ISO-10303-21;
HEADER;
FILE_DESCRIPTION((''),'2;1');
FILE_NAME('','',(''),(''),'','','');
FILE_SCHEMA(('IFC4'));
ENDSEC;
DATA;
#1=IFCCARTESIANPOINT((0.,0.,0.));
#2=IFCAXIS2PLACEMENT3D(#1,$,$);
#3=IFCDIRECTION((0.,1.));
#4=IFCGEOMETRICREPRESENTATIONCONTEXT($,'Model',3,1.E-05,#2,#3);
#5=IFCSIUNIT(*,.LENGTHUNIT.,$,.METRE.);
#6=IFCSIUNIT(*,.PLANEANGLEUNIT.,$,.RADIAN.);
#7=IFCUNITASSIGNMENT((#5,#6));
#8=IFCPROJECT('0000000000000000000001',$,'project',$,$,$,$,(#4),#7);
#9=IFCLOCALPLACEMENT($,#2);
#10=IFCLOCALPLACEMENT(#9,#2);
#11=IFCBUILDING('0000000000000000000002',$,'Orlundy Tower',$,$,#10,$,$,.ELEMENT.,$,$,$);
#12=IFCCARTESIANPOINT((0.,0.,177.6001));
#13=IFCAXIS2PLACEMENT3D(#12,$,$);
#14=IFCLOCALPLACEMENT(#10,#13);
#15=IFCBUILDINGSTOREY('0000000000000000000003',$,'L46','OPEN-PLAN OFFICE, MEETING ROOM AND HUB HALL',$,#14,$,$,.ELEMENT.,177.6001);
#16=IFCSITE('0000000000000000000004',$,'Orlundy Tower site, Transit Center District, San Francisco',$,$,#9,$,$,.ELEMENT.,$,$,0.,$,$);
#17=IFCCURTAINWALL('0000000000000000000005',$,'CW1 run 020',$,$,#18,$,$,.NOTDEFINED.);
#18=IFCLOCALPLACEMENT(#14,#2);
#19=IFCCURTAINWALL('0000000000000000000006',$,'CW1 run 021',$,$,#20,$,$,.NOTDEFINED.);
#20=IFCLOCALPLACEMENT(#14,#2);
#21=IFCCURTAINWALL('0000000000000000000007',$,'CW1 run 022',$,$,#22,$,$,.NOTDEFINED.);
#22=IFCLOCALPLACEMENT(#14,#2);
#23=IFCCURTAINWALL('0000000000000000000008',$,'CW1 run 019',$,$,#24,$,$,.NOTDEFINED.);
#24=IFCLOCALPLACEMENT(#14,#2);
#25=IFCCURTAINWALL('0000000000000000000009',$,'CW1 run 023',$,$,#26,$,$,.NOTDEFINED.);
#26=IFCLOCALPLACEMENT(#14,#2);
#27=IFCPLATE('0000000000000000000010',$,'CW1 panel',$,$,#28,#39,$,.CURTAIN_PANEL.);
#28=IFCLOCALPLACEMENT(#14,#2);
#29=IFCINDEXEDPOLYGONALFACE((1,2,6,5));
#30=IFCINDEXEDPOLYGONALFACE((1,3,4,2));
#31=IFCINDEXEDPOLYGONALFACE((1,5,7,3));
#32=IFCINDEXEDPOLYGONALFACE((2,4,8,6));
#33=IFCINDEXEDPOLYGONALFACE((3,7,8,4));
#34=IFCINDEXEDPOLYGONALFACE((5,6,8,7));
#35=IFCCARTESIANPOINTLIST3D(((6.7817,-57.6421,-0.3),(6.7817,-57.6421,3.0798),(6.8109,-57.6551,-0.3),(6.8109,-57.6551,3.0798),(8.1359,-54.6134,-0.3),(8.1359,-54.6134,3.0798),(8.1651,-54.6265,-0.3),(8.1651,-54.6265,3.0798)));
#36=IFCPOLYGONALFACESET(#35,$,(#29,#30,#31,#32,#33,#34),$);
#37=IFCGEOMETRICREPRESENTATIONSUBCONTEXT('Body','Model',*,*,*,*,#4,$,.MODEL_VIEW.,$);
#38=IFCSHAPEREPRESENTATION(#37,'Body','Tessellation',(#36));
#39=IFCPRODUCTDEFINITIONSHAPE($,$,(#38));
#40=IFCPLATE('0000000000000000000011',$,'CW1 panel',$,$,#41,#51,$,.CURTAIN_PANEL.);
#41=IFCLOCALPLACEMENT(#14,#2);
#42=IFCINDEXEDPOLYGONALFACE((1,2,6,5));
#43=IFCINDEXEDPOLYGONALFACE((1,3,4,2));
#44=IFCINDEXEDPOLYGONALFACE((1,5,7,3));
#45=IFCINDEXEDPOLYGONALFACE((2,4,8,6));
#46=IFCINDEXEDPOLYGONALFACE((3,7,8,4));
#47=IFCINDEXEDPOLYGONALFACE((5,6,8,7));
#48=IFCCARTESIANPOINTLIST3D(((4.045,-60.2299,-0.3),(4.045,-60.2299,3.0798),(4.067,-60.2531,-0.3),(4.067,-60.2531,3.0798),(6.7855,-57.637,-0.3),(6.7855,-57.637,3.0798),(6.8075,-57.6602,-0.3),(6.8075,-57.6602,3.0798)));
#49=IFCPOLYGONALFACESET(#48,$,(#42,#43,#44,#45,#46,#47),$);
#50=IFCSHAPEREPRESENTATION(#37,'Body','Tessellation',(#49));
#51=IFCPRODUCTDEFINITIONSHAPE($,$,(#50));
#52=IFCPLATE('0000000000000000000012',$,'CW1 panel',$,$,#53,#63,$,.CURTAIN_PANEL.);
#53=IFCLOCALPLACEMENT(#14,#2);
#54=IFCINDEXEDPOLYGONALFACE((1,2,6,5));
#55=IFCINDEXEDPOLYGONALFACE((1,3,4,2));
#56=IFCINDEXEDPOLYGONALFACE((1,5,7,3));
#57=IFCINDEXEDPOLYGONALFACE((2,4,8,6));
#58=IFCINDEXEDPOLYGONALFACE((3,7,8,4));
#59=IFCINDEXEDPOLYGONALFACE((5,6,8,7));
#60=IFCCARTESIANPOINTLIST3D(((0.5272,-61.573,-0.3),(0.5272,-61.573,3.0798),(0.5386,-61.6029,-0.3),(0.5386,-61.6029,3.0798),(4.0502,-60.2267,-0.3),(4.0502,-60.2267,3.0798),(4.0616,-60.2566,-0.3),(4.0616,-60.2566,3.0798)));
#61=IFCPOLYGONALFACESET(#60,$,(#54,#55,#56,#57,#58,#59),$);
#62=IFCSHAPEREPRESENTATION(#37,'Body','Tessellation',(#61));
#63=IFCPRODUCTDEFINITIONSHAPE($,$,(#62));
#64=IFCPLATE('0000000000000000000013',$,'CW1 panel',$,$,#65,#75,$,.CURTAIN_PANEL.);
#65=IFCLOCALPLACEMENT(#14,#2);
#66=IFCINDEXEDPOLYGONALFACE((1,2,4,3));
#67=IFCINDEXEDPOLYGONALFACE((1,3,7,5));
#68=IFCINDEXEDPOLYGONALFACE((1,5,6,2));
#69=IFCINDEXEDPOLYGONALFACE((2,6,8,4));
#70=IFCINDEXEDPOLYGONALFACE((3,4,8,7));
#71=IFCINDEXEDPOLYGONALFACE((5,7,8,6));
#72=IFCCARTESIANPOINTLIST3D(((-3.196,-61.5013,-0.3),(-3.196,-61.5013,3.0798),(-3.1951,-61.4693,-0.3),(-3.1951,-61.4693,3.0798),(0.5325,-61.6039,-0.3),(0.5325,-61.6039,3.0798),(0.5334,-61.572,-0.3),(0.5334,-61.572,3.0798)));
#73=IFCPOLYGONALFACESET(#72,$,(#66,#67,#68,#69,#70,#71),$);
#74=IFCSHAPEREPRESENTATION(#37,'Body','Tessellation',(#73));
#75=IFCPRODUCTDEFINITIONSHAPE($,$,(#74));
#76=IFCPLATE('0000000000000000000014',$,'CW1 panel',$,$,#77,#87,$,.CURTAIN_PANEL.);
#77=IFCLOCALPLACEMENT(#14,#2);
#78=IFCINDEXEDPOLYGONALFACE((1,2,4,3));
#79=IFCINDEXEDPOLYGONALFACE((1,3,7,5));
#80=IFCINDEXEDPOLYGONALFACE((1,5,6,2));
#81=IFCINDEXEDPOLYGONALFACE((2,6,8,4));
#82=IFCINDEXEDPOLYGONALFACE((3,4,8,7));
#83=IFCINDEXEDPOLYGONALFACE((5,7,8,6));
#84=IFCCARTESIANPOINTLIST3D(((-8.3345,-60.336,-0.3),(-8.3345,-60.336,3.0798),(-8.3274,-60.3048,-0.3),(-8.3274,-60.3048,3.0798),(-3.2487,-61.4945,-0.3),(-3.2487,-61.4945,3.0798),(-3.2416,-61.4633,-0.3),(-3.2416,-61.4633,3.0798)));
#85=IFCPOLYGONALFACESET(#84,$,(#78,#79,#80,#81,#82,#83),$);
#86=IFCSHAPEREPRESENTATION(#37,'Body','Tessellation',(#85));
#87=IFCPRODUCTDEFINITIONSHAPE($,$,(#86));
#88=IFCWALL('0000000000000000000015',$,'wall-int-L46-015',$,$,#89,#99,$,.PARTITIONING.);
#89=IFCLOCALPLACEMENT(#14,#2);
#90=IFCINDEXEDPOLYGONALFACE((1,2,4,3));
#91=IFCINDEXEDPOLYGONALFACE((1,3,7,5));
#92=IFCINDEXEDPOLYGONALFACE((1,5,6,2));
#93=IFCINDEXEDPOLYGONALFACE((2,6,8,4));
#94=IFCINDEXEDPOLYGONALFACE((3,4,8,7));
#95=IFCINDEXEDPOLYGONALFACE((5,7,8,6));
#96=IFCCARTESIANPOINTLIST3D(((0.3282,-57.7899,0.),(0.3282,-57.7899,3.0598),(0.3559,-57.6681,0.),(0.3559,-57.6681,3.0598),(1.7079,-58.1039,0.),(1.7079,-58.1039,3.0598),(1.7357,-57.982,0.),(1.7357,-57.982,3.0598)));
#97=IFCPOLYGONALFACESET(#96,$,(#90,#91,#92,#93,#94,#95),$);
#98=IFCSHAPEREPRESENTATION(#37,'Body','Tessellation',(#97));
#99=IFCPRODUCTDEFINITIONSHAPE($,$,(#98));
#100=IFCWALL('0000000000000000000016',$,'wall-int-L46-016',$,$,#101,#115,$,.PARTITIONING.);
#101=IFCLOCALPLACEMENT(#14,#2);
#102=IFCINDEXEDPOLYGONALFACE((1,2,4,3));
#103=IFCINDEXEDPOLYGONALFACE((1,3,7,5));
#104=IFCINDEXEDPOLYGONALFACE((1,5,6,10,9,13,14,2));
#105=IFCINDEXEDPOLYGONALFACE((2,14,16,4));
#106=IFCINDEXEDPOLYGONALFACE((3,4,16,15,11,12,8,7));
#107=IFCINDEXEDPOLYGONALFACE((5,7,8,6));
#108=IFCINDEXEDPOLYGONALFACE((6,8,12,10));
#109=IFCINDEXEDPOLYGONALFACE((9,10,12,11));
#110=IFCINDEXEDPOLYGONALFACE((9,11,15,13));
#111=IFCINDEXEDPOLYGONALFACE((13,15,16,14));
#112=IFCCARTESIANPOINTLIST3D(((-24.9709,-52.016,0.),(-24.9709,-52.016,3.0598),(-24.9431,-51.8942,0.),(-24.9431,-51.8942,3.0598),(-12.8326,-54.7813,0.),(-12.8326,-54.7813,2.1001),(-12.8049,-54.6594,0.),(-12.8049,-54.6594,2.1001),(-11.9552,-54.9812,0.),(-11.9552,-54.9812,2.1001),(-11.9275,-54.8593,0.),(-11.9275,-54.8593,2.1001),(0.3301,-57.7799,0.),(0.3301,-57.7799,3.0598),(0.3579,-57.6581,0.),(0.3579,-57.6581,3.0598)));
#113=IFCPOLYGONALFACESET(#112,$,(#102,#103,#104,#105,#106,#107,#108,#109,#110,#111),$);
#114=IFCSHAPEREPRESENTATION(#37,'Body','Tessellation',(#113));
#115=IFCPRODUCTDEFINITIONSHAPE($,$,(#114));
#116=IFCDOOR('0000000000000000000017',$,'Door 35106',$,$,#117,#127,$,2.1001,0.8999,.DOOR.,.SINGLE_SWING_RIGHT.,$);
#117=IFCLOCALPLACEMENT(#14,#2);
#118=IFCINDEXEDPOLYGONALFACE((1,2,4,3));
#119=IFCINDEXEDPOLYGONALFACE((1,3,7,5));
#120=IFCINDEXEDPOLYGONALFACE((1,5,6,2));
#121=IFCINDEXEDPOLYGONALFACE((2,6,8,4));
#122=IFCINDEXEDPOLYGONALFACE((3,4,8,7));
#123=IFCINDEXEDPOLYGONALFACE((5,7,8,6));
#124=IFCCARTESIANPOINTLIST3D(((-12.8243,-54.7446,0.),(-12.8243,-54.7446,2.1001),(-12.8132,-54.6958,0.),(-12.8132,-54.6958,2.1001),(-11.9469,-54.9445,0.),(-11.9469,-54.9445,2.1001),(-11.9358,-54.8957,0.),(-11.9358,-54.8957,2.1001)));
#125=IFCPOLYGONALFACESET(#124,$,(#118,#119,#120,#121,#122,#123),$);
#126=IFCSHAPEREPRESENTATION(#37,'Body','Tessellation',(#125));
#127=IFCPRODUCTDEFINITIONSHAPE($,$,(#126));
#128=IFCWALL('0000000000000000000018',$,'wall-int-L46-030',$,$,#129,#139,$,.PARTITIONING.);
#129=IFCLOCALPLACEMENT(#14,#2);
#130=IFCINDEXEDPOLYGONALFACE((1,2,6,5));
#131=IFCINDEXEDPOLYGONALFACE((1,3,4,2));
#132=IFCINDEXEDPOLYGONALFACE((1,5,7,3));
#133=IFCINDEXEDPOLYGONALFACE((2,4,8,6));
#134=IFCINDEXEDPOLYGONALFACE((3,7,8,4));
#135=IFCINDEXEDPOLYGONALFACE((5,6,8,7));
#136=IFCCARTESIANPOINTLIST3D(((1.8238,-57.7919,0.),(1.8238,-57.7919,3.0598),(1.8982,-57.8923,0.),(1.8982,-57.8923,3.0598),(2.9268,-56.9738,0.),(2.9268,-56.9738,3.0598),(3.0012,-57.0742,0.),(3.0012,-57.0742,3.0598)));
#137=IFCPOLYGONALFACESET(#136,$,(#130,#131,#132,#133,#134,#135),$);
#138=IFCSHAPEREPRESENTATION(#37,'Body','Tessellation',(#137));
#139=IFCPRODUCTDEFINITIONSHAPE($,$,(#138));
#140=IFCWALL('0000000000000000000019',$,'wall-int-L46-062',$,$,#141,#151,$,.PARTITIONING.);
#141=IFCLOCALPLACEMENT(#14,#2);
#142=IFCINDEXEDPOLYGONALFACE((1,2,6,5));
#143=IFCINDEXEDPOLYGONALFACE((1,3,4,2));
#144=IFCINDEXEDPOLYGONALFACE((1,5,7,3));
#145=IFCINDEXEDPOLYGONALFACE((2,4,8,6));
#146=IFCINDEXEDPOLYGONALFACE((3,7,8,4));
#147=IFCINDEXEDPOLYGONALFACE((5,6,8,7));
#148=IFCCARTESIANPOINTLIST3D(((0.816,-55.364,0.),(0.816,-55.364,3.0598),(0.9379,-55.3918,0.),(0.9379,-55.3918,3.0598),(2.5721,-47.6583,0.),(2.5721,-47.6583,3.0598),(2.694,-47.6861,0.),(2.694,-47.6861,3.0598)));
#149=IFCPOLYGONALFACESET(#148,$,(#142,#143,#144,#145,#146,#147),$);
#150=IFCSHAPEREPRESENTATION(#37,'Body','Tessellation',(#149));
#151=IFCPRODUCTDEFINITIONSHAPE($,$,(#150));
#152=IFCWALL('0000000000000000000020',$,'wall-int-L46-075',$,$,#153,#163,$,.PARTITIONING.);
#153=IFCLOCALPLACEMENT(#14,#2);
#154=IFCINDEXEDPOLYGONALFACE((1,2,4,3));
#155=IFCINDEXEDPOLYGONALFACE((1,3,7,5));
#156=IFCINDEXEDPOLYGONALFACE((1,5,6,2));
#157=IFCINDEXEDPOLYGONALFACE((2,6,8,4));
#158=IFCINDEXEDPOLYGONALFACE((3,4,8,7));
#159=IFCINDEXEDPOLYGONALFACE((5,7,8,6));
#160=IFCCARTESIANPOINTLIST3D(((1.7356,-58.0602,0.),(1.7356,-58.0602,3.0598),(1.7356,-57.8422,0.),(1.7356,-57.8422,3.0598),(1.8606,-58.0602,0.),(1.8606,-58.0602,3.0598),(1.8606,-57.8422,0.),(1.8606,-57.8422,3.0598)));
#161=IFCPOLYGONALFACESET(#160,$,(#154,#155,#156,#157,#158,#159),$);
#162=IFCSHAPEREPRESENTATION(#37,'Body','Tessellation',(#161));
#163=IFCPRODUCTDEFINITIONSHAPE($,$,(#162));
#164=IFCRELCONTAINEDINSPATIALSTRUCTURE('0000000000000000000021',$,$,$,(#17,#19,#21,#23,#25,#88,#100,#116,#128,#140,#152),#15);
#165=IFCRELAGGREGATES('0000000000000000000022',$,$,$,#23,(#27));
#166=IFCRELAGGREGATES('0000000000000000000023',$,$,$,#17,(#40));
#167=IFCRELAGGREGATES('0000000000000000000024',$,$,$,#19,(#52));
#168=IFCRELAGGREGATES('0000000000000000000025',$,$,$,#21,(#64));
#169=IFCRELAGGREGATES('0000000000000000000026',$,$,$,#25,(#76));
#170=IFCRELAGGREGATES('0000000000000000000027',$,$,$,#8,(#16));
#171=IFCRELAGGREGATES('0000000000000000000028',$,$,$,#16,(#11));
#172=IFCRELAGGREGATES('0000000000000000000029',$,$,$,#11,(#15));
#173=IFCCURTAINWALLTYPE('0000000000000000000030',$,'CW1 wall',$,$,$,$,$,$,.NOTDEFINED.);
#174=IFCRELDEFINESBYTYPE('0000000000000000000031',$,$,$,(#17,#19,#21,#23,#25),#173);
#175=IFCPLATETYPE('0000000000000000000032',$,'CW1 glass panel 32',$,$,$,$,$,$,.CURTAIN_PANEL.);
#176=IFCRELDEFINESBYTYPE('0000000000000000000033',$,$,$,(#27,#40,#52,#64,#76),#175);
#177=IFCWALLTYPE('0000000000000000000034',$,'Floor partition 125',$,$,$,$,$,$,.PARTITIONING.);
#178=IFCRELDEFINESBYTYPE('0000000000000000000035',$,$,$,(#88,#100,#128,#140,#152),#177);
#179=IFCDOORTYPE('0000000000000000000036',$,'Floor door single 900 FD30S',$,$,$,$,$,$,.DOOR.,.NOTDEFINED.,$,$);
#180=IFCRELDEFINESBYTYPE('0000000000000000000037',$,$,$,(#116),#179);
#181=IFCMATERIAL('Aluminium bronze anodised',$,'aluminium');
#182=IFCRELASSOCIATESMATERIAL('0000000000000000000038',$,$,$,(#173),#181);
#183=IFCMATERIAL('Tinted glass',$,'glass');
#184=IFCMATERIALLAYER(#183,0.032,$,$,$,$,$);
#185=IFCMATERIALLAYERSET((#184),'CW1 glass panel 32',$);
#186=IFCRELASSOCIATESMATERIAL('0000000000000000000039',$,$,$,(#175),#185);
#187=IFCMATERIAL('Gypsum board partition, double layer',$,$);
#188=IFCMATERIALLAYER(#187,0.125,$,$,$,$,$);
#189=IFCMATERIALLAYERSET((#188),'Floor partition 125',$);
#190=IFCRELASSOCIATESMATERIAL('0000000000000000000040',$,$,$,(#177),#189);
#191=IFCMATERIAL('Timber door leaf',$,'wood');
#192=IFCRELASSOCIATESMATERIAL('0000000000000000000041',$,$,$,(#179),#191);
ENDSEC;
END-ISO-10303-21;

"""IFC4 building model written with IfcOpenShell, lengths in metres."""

from ifc_helpers import new_model, si_unit, direction, frame, frame_2d, origin, origin_2d, place, context, subcontext, project, spatial, rectangle, extrude, material, layer, layer_set, type_object, element, fill, aggregate, save


model = new_model("IFC4")

# Units and contexts
model_context = context("Model", 3, precision=1e-05, world=origin(), true_north=direction((0.0, 1.0)))
body_context = subcontext(model_context, "Body", "Model", "MODEL_VIEW")
ifc_project = project(units=[si_unit("LENGTHUNIT", "METRE"), si_unit("PLANEANGLEUNIT", "RADIAN")], contexts=[model_context])

# Site, building, storey
site_placement = place(None, origin())
site = spatial("IfcSite", under=ifc_project, at=site_placement, Name="Orlundy Tower site, Transit Center District, San Francisco", CompositionType="ELEMENT", RefElevation=0.0)
building_placement = place(site_placement, origin())
building = spatial("IfcBuilding", under=site, at=building_placement, Name="Orlundy Tower", CompositionType="ELEMENT")
storey_placement = place(building_placement, frame((0.0, 0.0, 177.6001)))
storey = spatial("IfcBuildingStorey", under=building, at=storey_placement, Name="L46", Description="OPEN-PLAN OFFICE, MEETING ROOM AND HUB HALL", CompositionType="ELEMENT", Elevation=177.6001)

# Curtain walls
ifc_material_1 = material(Name="Aluminium bronze anodised", Category="aluminium")
curtain_wall_type = type_object("IfcCurtainWallType", Name="CW1 wall", PredefinedType="NOTDEFINED", material=ifc_material_1)
curtain_wall_1_placement = place(storey_placement, origin())
curtain_wall_1 = element("IfcCurtainWall", 1, at=curtain_wall_1_placement, inside=storey, type_object=curtain_wall_type, Name="CW1 run 020", PredefinedType="NOTDEFINED")
curtain_wall_2_placement = place(storey_placement, origin())
curtain_wall_2 = element("IfcCurtainWall", 2, at=curtain_wall_2_placement, inside=storey, type_object=curtain_wall_type, Name="CW1 run 021", PredefinedType="NOTDEFINED")
curtain_wall_3_placement = place(storey_placement, origin())
curtain_wall_3 = element("IfcCurtainWall", 3, at=curtain_wall_3_placement, inside=storey, type_object=curtain_wall_type, Name="CW1 run 022", PredefinedType="NOTDEFINED")
curtain_wall_4_placement = place(storey_placement, origin())
curtain_wall_4 = element("IfcCurtainWall", 4, at=curtain_wall_4_placement, inside=storey, type_object=curtain_wall_type, Name="CW1 run 019", PredefinedType="NOTDEFINED")

# Curtain wall
curtain_wall_5_placement = place(storey_placement, origin())
curtain_wall_5 = element("IfcCurtainWall", 5, at=curtain_wall_5_placement, inside=storey, type_object=curtain_wall_type, Name="CW1 run 023", PredefinedType="NOTDEFINED")

# Plates
ifc_material_2 = material(Name="Tinted glass", Category="glass")
ifc_layer_1 = layer(ifc_material_2, 0.032)
ifc_layer_set_1 = layer_set([ifc_layer_1], Name="CW1 glass panel 32")
plate_type = type_object("IfcPlateType", Name="CW1 glass panel 32", PredefinedType="CURTAIN_PANEL", material=ifc_layer_set_1)
plate_1_placement = place(storey_placement, frame((7.4734, -56.1343, -0.3), z_axis=(0.0, 0.0, 1.0), x_axis=(-0.408165, -0.912908, 0.0)))
plate_1 = element("IfcPlate", 6, at=plate_1_placement, type_object=plate_type, Name="CW1 panel", PredefinedType="CURTAIN_PANEL", context=body_context, shape_type="SweptSolid", body=[
    extrude(rectangle(XDim=3.3176, YDim=0.032, at=origin_2d()), origin(), (0.0, 0.0, 1.0), 3.3799),
])
aggregate(curtain_wall_4, [plate_1])
plate_2_placement = place(storey_placement, frame((5.4263, -58.9451, -0.3), z_axis=(0.0, 0.0, 1.0), x_axis=(-0.726392, -0.687281, 0.0)))
plate_2 = element("IfcPlate", 7, at=plate_2_placement, type_object=plate_type, Name="CW1 panel", PredefinedType="CURTAIN_PANEL", context=body_context, shape_type="SweptSolid", body=[
    extrude(rectangle(XDim=3.7727, YDim=0.032, at=origin_2d()), origin(), (0.0, 0.0, 1.0), 3.3799),
])
aggregate(curtain_wall_1, [plate_2])
plate_3_placement = place(storey_placement, frame((2.2944, -60.9148, -0.3), z_axis=(0.0, 0.0, 1.0), x_axis=(-0.934115, -0.356971, 0.0)))
plate_3 = element("IfcPlate", 8, at=plate_3_placement, type_object=plate_type, Name="CW1 panel", PredefinedType="CURTAIN_PANEL", context=body_context, shape_type="SweptSolid", body=[
    extrude(rectangle(XDim=3.7715, YDim=0.032, at=origin_2d()), origin(), (0.0, 0.0, 1.0), 3.3799),
])
aggregate(curtain_wall_2, [plate_3])
plate_4_placement = place(storey_placement, frame((-1.3313, -61.5366, -0.3), z_axis=(0.0, 0.0, 1.0), x_axis=(-0.999621, 0.02752, 0.0)))
plate_4 = element("IfcPlate", 9, at=plate_4_placement, type_object=plate_type, Name="CW1 panel", PredefinedType="CURTAIN_PANEL", context=body_context, shape_type="SweptSolid", body=[
    extrude(rectangle(XDim=3.73, YDim=0.032, at=origin_2d()), origin(), (0.0, 0.0, 1.0), 3.3799),
])
aggregate(curtain_wall_3, [plate_4])
plate_5_placement = place(storey_placement, frame((-5.7881, -60.8997, -0.3), z_axis=(0.0, 0.0, 1.0), x_axis=(-0.975026, 0.22209, 0.0)))
plate_5 = element("IfcPlate", 10, at=plate_5_placement, type_object=plate_type, Name="CW1 panel", PredefinedType="CURTAIN_PANEL", context=body_context, shape_type="SweptSolid", body=[
    extrude(rectangle(XDim=5.2161, YDim=0.032, at=origin_2d()), origin(), (0.0, 0.0, 1.0), 3.3799),
])
aggregate(curtain_wall_5, [plate_5])

# Wall
ifc_material_3 = material(Name="Gypsum board partition, double layer")
ifc_layer_2 = layer(ifc_material_3, 0.125)
ifc_layer_set_2 = layer_set([ifc_layer_2], Name="Floor partition 125")
wall_type = type_object("IfcWallType", Name="Floor partition 125", PredefinedType="PARTITIONING", material=ifc_layer_set_2)
wall_1_placement = place(storey_placement, frame((0.342, -57.729, 0.0), z_axis=(0.0, 0.0, 1.0), x_axis=(0.975079, -0.22186, 0.0)))
element("IfcWall", 11, at=wall_1_placement, inside=storey, type_object=wall_type, Name="wall-int-L46-015", PredefinedType="PARTITIONING", context=body_context, shape_type="SweptSolid", body=[
    extrude(rectangle(XDim=1.415, YDim=0.125, at=frame_2d((0.7075, 0.0))), origin(), (0.0, 0.0, 1.0), 3.0598),
])

# Wall, opening, door
wall_2_placement = place(storey_placement, frame((0.344, -57.719, 0.0), z_axis=(0.0, 0.0, 1.0), x_axis=(-0.975019, 0.222122, 0.0)))
wall_2 = element("IfcWall", 12, at=wall_2_placement, inside=storey, type_object=wall_type, Name="wall-int-L46-016", PredefinedType="PARTITIONING", context=body_context, shape_type="SweptSolid", body=[
    extrude(rectangle(XDim=25.9492, YDim=0.125, at=frame_2d((12.9746, 0.0))), origin(), (0.0, 0.0, 1.0), 3.0598),
])
opening_placement = place(wall_2_placement, frame((12.6001, 0.0, 0.0)))
opening = element("IfcOpeningElement", 13, at=opening_placement, cuts=wall_2, PredefinedType="OPENING", context=body_context, shape_type="SweptSolid", body=[
    extrude(rectangle(XDim=0.8999, YDim=2.1001, at=frame_2d((0.45, 1.05))), frame((0.0, 0.0725, 0.0), z_axis=(0.0, -1.0, 0.0), x_axis=(1.0, 0.0, 0.0)), (0.0, 0.0, 1.0), 0.145),
])
ifc_material_4 = material(Name="Timber door leaf", Category="wood")
door_type = type_object("IfcDoorType", Name="Floor door single 900 FD30S", OperationType="NOTDEFINED", PredefinedType="DOOR", material=ifc_material_4)
door_placement = place(opening_placement, origin())
door = element("IfcDoor", 14, at=door_placement, inside=storey, type_object=door_type, Name="Door 35106", OperationType="SINGLE_SWING_RIGHT", OverallHeight=2.1001, OverallWidth=0.8999, PredefinedType="DOOR", context=body_context, shape_type="SweptSolid", body=[
    extrude(rectangle(XDim=0.8999, YDim=2.1001, at=frame_2d((0.45, 1.05))), frame((0.0, 0.0249, 0.0), z_axis=(0.0, -1.0, 0.0), x_axis=(1.0, 0.0, 0.0)), (0.0, 0.0, 1.0), 0.05),
])
fill(opening, door)

# Walls
wall_3_placement = place(storey_placement, frame((1.8611, -57.842, 0.0), z_axis=(0.0, 0.0, 1.0), x_axis=(0.803189, 0.595725, 0.0)))
element("IfcWall", 15, at=wall_3_placement, inside=storey, type_object=wall_type, Name="wall-int-L46-030", PredefinedType="PARTITIONING", context=body_context, shape_type="SweptSolid", body=[
    extrude(rectangle(XDim=1.3733, YDim=0.125, at=frame_2d((0.6865, 0.0))), origin(), (0.0, 0.0, 1.0), 3.0598),
])
wall_4_placement = place(storey_placement, frame((0.877, -55.3779, 0.0), z_axis=(0.0, 0.0, 1.0), x_axis=(0.222197, 0.975002, 0.0)))
element("IfcWall", 16, at=wall_4_placement, inside=storey, type_object=wall_type, Name="wall-int-L46-062", PredefinedType="PARTITIONING", context=body_context, shape_type="SweptSolid", body=[
    extrude(rectangle(XDim=7.9033, YDim=0.125, at=frame_2d((3.9517, 0.0))), origin(), (0.0, 0.0, 1.0), 3.0598),
])
wall_5_placement = place(storey_placement, frame((1.7981, -58.0601, 0.0), z_axis=(0.0, 0.0, 1.0), x_axis=(0.0, 1.0, 0.0)))
element("IfcWall", 17, at=wall_5_placement, inside=storey, type_object=wall_type, Name="wall-int-L46-075", PredefinedType="PARTITIONING", context=body_context, shape_type="SweptSolid", body=[
    extrude(rectangle(XDim=0.218, YDim=0.125, at=frame_2d((0.1089, 0.0))), origin(), (0.0, 0.0, 1.0), 3.0598),
])

save(model, "model.ifc")
